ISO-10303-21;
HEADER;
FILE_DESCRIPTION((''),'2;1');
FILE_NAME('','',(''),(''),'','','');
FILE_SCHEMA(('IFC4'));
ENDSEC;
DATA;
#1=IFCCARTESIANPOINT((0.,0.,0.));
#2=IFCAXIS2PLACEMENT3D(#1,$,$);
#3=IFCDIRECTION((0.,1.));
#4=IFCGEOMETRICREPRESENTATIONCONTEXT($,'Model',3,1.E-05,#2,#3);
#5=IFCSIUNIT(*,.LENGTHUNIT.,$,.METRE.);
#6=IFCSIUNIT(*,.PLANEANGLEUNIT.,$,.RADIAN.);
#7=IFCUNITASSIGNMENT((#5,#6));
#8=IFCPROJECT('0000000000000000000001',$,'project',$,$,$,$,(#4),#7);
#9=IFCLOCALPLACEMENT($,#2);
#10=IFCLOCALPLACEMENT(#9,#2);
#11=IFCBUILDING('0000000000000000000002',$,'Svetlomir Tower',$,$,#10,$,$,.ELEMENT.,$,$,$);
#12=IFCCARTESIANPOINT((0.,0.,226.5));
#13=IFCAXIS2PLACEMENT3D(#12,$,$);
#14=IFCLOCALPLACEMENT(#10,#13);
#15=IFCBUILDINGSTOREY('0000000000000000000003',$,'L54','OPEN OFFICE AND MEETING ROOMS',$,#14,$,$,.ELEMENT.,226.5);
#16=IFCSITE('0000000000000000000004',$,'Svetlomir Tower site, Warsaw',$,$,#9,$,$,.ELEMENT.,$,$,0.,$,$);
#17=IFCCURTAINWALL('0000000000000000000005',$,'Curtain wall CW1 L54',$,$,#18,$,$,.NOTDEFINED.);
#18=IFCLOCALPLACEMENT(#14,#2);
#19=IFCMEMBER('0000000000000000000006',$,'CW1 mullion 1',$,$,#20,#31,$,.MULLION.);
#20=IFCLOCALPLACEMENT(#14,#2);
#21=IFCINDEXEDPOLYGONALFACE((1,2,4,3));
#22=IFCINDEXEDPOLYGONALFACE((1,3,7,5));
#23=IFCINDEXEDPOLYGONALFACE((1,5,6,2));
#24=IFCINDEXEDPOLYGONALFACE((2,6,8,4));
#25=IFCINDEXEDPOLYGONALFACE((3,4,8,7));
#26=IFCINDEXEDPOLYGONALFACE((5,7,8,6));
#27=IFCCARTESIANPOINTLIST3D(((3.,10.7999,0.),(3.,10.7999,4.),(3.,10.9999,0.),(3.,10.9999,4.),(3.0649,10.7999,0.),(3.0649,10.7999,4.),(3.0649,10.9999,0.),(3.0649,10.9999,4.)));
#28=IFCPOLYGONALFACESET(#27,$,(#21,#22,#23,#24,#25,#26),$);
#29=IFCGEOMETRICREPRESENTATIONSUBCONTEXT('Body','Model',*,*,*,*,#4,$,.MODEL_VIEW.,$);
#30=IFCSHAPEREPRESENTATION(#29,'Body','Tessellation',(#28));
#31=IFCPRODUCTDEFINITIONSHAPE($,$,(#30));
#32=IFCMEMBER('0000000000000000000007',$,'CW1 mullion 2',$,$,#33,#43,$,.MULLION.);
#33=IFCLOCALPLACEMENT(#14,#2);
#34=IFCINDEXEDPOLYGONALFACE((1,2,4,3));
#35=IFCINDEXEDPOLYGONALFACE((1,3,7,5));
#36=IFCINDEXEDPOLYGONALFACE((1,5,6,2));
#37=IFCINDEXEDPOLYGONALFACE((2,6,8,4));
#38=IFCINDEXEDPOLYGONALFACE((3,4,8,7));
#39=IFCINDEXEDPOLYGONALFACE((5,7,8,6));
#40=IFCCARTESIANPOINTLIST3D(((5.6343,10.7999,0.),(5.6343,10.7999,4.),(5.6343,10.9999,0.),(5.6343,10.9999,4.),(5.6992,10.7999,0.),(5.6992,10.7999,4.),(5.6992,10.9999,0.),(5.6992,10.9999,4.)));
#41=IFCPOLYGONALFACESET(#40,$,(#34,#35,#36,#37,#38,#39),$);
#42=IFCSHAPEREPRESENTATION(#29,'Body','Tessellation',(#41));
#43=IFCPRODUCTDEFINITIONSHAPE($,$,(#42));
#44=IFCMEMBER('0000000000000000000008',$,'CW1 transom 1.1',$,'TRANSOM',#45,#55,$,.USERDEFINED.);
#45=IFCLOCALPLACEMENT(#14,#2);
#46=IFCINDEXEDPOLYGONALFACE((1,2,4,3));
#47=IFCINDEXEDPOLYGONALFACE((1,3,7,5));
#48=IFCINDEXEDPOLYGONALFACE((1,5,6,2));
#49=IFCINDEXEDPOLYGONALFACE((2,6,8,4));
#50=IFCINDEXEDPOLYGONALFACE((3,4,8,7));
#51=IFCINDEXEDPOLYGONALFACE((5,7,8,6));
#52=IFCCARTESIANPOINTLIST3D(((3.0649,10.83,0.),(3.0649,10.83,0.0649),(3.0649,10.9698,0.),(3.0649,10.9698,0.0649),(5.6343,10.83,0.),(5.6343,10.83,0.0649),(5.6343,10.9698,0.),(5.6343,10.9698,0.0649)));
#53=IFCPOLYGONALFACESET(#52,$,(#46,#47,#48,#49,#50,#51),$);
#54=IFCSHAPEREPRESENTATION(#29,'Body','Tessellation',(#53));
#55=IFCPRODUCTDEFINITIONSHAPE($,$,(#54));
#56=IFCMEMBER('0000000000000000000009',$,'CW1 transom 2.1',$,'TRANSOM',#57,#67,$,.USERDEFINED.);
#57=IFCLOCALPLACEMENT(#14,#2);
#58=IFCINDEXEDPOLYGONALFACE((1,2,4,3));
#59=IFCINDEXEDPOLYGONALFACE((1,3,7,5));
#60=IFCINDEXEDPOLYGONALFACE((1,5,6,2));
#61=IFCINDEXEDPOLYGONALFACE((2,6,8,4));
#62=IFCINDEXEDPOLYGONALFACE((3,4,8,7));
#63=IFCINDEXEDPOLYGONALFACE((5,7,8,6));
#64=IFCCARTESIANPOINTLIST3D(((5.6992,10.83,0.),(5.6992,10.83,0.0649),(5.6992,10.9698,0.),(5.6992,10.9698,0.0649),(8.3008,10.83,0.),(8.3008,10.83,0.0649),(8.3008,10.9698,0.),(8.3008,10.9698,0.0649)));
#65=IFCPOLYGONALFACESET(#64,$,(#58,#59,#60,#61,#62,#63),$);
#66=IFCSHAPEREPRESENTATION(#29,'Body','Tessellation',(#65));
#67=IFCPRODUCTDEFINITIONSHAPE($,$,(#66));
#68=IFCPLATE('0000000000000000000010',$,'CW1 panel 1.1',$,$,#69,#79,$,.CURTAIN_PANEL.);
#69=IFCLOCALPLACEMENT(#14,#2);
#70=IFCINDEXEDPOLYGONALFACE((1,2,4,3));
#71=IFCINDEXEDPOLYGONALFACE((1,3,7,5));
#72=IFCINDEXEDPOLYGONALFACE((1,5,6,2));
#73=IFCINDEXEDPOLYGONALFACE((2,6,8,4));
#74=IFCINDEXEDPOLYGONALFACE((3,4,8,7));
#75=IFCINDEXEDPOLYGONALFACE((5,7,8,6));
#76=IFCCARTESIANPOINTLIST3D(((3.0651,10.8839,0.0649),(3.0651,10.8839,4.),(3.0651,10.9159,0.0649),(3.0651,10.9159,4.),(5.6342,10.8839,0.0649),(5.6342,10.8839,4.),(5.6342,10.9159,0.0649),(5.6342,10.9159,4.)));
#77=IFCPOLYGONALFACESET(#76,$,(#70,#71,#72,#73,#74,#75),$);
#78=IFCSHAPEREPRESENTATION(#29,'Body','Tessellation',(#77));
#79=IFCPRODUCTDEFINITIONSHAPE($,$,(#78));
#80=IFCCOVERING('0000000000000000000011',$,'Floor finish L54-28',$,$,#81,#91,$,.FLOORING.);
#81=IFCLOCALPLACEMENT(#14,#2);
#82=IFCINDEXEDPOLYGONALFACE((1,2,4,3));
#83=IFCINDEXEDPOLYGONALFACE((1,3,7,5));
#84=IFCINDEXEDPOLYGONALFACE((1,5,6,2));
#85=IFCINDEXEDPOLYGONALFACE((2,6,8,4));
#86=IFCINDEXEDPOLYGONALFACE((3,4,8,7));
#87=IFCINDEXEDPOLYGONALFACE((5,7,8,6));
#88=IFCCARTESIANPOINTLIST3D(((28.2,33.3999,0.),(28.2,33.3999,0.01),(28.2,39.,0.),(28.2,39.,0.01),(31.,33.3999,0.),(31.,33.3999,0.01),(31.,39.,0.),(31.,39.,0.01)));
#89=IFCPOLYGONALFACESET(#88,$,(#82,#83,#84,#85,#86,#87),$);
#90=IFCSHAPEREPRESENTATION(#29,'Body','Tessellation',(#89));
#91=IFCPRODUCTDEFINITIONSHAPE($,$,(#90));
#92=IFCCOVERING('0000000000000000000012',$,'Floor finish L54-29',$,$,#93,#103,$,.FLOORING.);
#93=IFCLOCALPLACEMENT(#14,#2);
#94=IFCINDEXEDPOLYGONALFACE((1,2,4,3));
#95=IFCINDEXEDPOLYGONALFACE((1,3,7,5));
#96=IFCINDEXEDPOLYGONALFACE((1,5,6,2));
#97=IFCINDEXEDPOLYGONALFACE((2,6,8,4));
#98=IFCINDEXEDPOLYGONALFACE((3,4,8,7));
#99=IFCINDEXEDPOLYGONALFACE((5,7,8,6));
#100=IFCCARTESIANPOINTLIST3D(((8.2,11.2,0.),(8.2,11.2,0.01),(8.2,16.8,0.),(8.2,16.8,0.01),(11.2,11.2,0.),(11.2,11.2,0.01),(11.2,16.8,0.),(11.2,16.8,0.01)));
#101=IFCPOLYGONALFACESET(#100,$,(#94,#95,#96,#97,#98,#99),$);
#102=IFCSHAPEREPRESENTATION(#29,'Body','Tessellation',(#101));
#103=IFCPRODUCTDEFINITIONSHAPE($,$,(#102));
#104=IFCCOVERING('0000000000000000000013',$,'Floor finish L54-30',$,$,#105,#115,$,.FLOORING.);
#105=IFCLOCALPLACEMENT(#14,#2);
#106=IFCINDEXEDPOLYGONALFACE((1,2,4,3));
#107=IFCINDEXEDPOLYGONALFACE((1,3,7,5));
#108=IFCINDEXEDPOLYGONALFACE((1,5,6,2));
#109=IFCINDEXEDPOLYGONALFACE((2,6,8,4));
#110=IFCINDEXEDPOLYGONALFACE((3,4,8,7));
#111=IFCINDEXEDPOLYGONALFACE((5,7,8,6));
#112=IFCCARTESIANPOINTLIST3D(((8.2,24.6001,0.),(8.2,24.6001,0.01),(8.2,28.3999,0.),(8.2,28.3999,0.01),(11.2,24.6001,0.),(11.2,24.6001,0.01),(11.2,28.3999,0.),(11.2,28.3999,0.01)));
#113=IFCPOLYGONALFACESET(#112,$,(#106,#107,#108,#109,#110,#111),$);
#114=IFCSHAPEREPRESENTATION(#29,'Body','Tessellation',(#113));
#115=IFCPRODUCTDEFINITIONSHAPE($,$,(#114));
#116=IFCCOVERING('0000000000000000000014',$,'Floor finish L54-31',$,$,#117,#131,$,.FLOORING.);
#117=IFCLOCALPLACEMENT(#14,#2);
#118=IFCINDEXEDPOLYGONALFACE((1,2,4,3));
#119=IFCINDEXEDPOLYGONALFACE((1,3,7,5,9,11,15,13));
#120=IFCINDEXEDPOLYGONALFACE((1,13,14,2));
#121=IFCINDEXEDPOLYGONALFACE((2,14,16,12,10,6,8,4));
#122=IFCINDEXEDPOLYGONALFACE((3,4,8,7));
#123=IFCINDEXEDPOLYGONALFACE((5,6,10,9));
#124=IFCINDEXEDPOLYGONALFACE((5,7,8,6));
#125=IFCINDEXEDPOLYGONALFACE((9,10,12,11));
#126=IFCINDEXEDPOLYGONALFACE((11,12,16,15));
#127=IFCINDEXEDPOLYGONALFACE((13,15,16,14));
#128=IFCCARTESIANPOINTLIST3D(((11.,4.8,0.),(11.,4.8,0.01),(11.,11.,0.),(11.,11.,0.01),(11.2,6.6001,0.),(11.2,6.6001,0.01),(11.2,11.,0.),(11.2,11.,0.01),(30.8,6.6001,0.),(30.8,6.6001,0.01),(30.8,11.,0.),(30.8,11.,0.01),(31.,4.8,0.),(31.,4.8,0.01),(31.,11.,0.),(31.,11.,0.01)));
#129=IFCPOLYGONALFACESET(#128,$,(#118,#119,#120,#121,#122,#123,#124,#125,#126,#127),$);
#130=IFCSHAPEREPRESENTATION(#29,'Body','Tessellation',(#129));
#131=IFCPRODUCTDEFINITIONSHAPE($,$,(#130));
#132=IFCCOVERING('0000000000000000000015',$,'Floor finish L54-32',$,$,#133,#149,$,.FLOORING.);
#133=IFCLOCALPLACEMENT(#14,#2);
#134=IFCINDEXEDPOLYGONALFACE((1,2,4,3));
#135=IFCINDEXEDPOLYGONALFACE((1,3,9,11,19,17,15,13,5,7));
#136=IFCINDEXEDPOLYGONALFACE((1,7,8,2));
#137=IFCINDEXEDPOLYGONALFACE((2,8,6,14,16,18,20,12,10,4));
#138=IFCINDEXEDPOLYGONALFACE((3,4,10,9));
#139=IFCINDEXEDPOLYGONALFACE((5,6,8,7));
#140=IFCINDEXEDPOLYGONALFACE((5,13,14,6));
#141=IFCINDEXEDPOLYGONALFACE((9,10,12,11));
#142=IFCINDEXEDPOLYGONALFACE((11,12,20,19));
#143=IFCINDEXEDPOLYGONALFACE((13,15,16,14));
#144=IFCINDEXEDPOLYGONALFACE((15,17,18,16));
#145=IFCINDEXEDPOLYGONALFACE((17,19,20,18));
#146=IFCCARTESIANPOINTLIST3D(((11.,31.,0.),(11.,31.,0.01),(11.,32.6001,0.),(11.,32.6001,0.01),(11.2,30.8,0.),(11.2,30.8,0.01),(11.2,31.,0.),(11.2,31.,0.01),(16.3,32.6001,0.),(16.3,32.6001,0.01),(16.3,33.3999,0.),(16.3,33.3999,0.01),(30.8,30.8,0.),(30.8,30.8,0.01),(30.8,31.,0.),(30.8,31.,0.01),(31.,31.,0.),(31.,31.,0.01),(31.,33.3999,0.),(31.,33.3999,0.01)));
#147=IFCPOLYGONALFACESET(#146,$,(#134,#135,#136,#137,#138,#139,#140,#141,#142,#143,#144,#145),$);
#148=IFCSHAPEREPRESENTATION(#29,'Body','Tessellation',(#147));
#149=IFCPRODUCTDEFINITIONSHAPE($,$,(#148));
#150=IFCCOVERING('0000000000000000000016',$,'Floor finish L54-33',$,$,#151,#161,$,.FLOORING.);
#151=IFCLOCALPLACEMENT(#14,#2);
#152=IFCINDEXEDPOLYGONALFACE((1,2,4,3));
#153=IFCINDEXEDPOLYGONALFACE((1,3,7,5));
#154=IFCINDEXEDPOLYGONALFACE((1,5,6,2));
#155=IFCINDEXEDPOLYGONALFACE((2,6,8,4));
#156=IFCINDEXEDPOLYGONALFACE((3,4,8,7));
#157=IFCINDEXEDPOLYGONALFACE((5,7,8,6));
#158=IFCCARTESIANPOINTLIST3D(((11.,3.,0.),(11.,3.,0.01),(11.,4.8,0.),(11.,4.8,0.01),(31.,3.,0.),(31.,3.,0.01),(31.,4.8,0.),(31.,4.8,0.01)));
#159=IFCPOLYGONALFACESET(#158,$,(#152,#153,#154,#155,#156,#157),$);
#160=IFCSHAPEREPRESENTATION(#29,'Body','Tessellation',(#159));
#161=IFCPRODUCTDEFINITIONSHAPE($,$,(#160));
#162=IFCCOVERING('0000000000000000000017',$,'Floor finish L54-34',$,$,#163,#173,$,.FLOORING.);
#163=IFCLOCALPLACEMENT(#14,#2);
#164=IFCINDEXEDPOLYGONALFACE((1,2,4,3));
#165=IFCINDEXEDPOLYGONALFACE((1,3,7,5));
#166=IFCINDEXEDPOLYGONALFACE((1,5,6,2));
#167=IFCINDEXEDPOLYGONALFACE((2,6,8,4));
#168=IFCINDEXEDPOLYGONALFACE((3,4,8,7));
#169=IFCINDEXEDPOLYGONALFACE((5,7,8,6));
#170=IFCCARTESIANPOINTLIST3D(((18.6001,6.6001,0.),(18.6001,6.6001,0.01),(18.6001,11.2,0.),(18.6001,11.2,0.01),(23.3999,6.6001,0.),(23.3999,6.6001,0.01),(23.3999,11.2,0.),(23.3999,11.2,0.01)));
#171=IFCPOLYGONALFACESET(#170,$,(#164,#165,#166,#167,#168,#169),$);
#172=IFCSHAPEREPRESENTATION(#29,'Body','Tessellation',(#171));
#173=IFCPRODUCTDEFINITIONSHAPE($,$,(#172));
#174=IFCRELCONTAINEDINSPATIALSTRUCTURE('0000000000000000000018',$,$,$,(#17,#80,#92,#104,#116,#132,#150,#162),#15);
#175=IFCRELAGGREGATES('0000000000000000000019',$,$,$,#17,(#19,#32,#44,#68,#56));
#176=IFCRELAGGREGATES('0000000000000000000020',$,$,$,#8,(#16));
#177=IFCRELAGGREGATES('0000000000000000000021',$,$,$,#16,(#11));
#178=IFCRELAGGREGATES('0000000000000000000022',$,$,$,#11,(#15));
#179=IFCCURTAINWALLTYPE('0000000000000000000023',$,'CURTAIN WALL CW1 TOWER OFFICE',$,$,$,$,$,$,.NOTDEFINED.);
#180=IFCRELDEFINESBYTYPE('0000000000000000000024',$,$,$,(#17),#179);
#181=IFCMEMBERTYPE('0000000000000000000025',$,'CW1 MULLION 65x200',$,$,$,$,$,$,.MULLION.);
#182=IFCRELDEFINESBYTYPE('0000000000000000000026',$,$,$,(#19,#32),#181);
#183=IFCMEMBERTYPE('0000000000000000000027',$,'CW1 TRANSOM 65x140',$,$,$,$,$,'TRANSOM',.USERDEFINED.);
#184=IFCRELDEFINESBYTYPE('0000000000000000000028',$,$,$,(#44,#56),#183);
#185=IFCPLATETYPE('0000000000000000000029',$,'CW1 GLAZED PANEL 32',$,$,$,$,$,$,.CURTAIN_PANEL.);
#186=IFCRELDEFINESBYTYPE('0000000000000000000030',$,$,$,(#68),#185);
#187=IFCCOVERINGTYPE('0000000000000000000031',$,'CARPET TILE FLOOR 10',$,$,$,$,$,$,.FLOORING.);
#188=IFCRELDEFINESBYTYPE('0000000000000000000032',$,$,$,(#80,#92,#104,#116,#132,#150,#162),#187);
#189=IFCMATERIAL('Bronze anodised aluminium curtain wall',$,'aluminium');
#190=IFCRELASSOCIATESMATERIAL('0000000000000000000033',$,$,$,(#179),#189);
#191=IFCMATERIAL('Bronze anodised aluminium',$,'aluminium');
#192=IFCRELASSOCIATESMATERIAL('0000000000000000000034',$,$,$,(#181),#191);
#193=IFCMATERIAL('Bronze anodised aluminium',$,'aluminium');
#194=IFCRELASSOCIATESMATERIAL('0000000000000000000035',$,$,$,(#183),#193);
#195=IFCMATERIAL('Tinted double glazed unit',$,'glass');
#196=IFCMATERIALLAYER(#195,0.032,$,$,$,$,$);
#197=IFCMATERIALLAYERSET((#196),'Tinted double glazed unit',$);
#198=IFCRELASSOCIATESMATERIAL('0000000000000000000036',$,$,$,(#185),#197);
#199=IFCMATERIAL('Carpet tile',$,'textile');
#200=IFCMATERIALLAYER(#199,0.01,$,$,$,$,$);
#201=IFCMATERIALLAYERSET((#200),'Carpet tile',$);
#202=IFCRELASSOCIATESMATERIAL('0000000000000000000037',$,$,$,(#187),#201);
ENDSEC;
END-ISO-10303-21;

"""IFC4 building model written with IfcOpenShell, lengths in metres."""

from ifc_helpers import new_model, si_unit, direction, frame, origin, origin_2d, place, context, subcontext, project, spatial, polyline, rectangle, outline, extrude, material, layer, layer_set, material_profile, profile_set, type_object, element, aggregate, save


model = new_model("IFC4")

# Units and contexts
model_context = context("Model", 3, precision=1e-05, world=origin(), true_north=direction((0.0, 1.0)))
body_context = subcontext(model_context, "Body", "Model", "MODEL_VIEW")
ifc_project = project(units=[si_unit("LENGTHUNIT", "METRE"), si_unit("PLANEANGLEUNIT", "RADIAN")], contexts=[model_context])

# Site, building, storey
site_placement = place(None, origin())
site = spatial("IfcSite", under=ifc_project, at=site_placement, Name="Svetlomir Tower site, Warsaw", CompositionType="ELEMENT", RefElevation=0.0)
building_placement = place(site_placement, origin())
building = spatial("IfcBuilding", under=site, at=building_placement, Name="Svetlomir Tower", CompositionType="ELEMENT")
storey_placement = place(building_placement, frame((0.0, 0.0, 226.5)))
storey = spatial("IfcBuildingStorey", under=building, at=storey_placement, Name="L54", Description="OPEN OFFICE AND MEETING ROOMS", CompositionType="ELEMENT", Elevation=226.5)

# Curtain wall, members, plate
ifc_material_1 = material(Name="Bronze anodised aluminium curtain wall", Category="aluminium")
curtain_wall_type = type_object("IfcCurtainWallType", Name="CURTAIN WALL CW1 TOWER OFFICE", PredefinedType="NOTDEFINED", material=ifc_material_1)
curtain_wall_placement = place(storey_placement, origin())
curtain_wall = element("IfcCurtainWall", 1, at=curtain_wall_placement, inside=storey, type_object=curtain_wall_type, Name="Curtain wall CW1 L54", PredefinedType="NOTDEFINED")
ifc_material_2 = material(Name="Bronze anodised aluminium", Category="aluminium")
ifc_material_profile_1 = material_profile(ifc_material_2, rectangle(XDim=0.0649, YDim=0.2, at=origin_2d()), Name="AL 65x200")
ifc_profile_set_1 = profile_set([ifc_material_profile_1], Name="Bronze anodised aluminium 6063-T6")
member_type_1 = type_object("IfcMemberType", Name="CW1 MULLION 65x200", PredefinedType="MULLION", material=ifc_profile_set_1)
member_1_placement = place(storey_placement, frame((3.0325, 10.8999, 0.0), z_axis=(0.0, 0.0, 1.0), x_axis=(1.0, 0.0, 0.0)))
member_1 = element("IfcMember", 2, at=member_1_placement, type_object=member_type_1, Name="CW1 mullion 1", PredefinedType="MULLION", context=body_context, shape_type="SweptSolid", body=[
    extrude(rectangle(XDim=0.0649, YDim=0.2, at=origin_2d()), origin(), (0.0, 0.0, 1.0), 4.0),
])
member_2_placement = place(storey_placement, frame((5.6667, 10.8999, 0.0), z_axis=(0.0, 0.0, 1.0), x_axis=(1.0, 0.0, 0.0)))
member_2 = element("IfcMember", 3, at=member_2_placement, type_object=member_type_1, Name="CW1 mullion 2", PredefinedType="MULLION", context=body_context, shape_type="SweptSolid", body=[
    extrude(rectangle(XDim=0.0649, YDim=0.2, at=origin_2d()), origin(), (0.0, 0.0, 1.0), 4.0),
])
ifc_material_3 = material(Name="Bronze anodised aluminium", Category="aluminium")
ifc_material_profile_2 = material_profile(ifc_material_3, rectangle(XDim=0.1399, YDim=0.0649, at=origin_2d()), Name="AL 140x65")
ifc_profile_set_2 = profile_set([ifc_material_profile_2], Name="Bronze anodised aluminium 6063-T6")
member_type_2 = type_object("IfcMemberType", Name="CW1 TRANSOM 65x140", ElementType="TRANSOM", PredefinedType="USERDEFINED", material=ifc_profile_set_2)
member_3_placement = place(storey_placement, frame((3.0649, 10.8999, 0.0325), z_axis=(1.0, 0.0, 0.0), x_axis=(0.0, 1.0, 0.0)))
member_3 = element("IfcMember", 4, at=member_3_placement, type_object=member_type_2, Name="CW1 transom 1.1", ObjectType="TRANSOM", PredefinedType="USERDEFINED", context=body_context, shape_type="SweptSolid", body=[
    extrude(rectangle(XDim=0.1399, YDim=0.0649, at=origin_2d()), origin(), (0.0, 0.0, 1.0), 2.5693),
])
member_4_placement = place(storey_placement, frame((5.6992, 10.8999, 0.0325), z_axis=(1.0, 0.0, 0.0), x_axis=(0.0, 1.0, 0.0)))
member_4 = element("IfcMember", 5, at=member_4_placement, type_object=member_type_2, Name="CW1 transom 2.1", ObjectType="TRANSOM", PredefinedType="USERDEFINED", context=body_context, shape_type="SweptSolid", body=[
    extrude(rectangle(XDim=0.1399, YDim=0.0649, at=origin_2d()), origin(), (0.0, 0.0, 1.0), 2.6016),
])
ifc_material_4 = material(Name="Tinted double glazed unit", Category="glass")
ifc_layer_1 = layer(ifc_material_4, 0.032)
ifc_layer_set_1 = layer_set([ifc_layer_1], Name="Tinted double glazed unit")
plate_type = type_object("IfcPlateType", Name="CW1 GLAZED PANEL 32", PredefinedType="CURTAIN_PANEL", material=ifc_layer_set_1)
plate_placement = place(storey_placement, frame((4.3496, 10.8999, 0.0649), z_axis=(0.0, 0.0, 1.0), x_axis=(1.0, 0.0, 0.0)))
plate = element("IfcPlate", 6, at=plate_placement, type_object=plate_type, Name="CW1 panel 1.1", PredefinedType="CURTAIN_PANEL", context=body_context, shape_type="SweptSolid", body=[
    extrude(rectangle(XDim=2.5691, YDim=0.032, at=origin_2d()), origin(), (0.0, 0.0, 1.0), 3.9351),
])
aggregate(curtain_wall, [member_1, member_2, member_3, plate, member_4])

# Coverings
ifc_material_5 = material(Name="Carpet tile", Category="textile")
ifc_layer_2 = layer(ifc_material_5, 0.01)
ifc_layer_set_2 = layer_set([ifc_layer_2], Name="Carpet tile")
covering_type_1 = type_object("IfcCoveringType", Name="CARPET TILE FLOOR 10", PredefinedType="FLOORING", material=ifc_layer_set_2)
covering_1_placement = place(storey_placement, origin())
element("IfcCovering", 7, at=covering_1_placement, inside=storey, type_object=covering_type_1, Name="Floor finish L54-28", PredefinedType="FLOORING", context=body_context, shape_type="SweptSolid", body=[
    extrude(outline(polyline([(28.2, 33.3999), (31.0, 33.3999), (31.0, 39.0), (28.2, 39.0), (28.2, 33.3999)])), origin(), (0.0, 0.0, 1.0), 0.01),
])
covering_2_placement = place(storey_placement, origin())
element("IfcCovering", 8, at=covering_2_placement, inside=storey, type_object=covering_type_1, Name="Floor finish L54-29", PredefinedType="FLOORING", context=body_context, shape_type="SweptSolid", body=[
    extrude(outline(polyline([(8.2, 11.2), (11.2, 11.2), (11.2, 16.8), (8.2, 16.8), (8.2, 11.2)])), origin(), (0.0, 0.0, 1.0), 0.01),
])
covering_3_placement = place(storey_placement, origin())
element("IfcCovering", 9, at=covering_3_placement, inside=storey, type_object=covering_type_1, Name="Floor finish L54-30", PredefinedType="FLOORING", context=body_context, shape_type="SweptSolid", body=[
    extrude(outline(polyline([(8.2, 24.6001), (11.2, 24.6001), (11.2, 28.3999), (8.2, 28.3999), (8.2, 24.6001)])), origin(), (0.0, 0.0, 1.0), 0.01),
])
covering_4_placement = place(storey_placement, origin())
element("IfcCovering", 10, at=covering_4_placement, inside=storey, type_object=covering_type_1, Name="Floor finish L54-31", PredefinedType="FLOORING", context=body_context, shape_type="SweptSolid", body=[
    extrude(outline(polyline([(11.0, 11.0), (11.2, 11.0), (11.2, 6.6001), (30.8, 6.6001), (30.8, 11.0), (31.0, 11.0), (31.0, 4.8), (11.0, 4.8), (11.0, 11.0)])), origin(), (0.0, 0.0, 1.0), 0.01),
])
covering_5_placement = place(storey_placement, origin())
element("IfcCovering", 11, at=covering_5_placement, inside=storey, type_object=covering_type_1, Name="Floor finish L54-32", PredefinedType="FLOORING", context=body_context, shape_type="SweptSolid", body=[
    extrude(outline(polyline([(11.2, 30.8), (11.2, 31.0), (11.0, 31.0), (11.0, 32.6001), (16.3, 32.6001), (16.3, 33.3999), (31.0, 33.3999), (31.0, 31.0), (30.8, 31.0), (30.8, 30.8), (11.2, 30.8)])), origin(), (0.0, 0.0, 1.0), 0.01),
])
covering_6_placement = place(storey_placement, origin())
element("IfcCovering", 12, at=covering_6_placement, inside=storey, type_object=covering_type_1, Name="Floor finish L54-33", PredefinedType="FLOORING", context=body_context, shape_type="SweptSolid", body=[
    extrude(outline(polyline([(11.0, 3.0), (11.0, 4.8), (31.0, 4.8), (31.0, 3.0), (11.0, 3.0)])), origin(), (0.0, 0.0, 1.0), 0.01),
])
covering_7_placement = place(storey_placement, origin())
element("IfcCovering", 13, at=covering_7_placement, inside=storey, type_object=covering_type_1, Name="Floor finish L54-34", PredefinedType="FLOORING", context=body_context, shape_type="SweptSolid", body=[
    extrude(outline(polyline([(23.3999, 11.2), (23.3999, 6.6001), (18.6001, 6.6001), (18.6001, 11.2), (23.3999, 11.2)])), origin(), (0.0, 0.0, 1.0), 0.01),
])

save(model, "model.ifc")
